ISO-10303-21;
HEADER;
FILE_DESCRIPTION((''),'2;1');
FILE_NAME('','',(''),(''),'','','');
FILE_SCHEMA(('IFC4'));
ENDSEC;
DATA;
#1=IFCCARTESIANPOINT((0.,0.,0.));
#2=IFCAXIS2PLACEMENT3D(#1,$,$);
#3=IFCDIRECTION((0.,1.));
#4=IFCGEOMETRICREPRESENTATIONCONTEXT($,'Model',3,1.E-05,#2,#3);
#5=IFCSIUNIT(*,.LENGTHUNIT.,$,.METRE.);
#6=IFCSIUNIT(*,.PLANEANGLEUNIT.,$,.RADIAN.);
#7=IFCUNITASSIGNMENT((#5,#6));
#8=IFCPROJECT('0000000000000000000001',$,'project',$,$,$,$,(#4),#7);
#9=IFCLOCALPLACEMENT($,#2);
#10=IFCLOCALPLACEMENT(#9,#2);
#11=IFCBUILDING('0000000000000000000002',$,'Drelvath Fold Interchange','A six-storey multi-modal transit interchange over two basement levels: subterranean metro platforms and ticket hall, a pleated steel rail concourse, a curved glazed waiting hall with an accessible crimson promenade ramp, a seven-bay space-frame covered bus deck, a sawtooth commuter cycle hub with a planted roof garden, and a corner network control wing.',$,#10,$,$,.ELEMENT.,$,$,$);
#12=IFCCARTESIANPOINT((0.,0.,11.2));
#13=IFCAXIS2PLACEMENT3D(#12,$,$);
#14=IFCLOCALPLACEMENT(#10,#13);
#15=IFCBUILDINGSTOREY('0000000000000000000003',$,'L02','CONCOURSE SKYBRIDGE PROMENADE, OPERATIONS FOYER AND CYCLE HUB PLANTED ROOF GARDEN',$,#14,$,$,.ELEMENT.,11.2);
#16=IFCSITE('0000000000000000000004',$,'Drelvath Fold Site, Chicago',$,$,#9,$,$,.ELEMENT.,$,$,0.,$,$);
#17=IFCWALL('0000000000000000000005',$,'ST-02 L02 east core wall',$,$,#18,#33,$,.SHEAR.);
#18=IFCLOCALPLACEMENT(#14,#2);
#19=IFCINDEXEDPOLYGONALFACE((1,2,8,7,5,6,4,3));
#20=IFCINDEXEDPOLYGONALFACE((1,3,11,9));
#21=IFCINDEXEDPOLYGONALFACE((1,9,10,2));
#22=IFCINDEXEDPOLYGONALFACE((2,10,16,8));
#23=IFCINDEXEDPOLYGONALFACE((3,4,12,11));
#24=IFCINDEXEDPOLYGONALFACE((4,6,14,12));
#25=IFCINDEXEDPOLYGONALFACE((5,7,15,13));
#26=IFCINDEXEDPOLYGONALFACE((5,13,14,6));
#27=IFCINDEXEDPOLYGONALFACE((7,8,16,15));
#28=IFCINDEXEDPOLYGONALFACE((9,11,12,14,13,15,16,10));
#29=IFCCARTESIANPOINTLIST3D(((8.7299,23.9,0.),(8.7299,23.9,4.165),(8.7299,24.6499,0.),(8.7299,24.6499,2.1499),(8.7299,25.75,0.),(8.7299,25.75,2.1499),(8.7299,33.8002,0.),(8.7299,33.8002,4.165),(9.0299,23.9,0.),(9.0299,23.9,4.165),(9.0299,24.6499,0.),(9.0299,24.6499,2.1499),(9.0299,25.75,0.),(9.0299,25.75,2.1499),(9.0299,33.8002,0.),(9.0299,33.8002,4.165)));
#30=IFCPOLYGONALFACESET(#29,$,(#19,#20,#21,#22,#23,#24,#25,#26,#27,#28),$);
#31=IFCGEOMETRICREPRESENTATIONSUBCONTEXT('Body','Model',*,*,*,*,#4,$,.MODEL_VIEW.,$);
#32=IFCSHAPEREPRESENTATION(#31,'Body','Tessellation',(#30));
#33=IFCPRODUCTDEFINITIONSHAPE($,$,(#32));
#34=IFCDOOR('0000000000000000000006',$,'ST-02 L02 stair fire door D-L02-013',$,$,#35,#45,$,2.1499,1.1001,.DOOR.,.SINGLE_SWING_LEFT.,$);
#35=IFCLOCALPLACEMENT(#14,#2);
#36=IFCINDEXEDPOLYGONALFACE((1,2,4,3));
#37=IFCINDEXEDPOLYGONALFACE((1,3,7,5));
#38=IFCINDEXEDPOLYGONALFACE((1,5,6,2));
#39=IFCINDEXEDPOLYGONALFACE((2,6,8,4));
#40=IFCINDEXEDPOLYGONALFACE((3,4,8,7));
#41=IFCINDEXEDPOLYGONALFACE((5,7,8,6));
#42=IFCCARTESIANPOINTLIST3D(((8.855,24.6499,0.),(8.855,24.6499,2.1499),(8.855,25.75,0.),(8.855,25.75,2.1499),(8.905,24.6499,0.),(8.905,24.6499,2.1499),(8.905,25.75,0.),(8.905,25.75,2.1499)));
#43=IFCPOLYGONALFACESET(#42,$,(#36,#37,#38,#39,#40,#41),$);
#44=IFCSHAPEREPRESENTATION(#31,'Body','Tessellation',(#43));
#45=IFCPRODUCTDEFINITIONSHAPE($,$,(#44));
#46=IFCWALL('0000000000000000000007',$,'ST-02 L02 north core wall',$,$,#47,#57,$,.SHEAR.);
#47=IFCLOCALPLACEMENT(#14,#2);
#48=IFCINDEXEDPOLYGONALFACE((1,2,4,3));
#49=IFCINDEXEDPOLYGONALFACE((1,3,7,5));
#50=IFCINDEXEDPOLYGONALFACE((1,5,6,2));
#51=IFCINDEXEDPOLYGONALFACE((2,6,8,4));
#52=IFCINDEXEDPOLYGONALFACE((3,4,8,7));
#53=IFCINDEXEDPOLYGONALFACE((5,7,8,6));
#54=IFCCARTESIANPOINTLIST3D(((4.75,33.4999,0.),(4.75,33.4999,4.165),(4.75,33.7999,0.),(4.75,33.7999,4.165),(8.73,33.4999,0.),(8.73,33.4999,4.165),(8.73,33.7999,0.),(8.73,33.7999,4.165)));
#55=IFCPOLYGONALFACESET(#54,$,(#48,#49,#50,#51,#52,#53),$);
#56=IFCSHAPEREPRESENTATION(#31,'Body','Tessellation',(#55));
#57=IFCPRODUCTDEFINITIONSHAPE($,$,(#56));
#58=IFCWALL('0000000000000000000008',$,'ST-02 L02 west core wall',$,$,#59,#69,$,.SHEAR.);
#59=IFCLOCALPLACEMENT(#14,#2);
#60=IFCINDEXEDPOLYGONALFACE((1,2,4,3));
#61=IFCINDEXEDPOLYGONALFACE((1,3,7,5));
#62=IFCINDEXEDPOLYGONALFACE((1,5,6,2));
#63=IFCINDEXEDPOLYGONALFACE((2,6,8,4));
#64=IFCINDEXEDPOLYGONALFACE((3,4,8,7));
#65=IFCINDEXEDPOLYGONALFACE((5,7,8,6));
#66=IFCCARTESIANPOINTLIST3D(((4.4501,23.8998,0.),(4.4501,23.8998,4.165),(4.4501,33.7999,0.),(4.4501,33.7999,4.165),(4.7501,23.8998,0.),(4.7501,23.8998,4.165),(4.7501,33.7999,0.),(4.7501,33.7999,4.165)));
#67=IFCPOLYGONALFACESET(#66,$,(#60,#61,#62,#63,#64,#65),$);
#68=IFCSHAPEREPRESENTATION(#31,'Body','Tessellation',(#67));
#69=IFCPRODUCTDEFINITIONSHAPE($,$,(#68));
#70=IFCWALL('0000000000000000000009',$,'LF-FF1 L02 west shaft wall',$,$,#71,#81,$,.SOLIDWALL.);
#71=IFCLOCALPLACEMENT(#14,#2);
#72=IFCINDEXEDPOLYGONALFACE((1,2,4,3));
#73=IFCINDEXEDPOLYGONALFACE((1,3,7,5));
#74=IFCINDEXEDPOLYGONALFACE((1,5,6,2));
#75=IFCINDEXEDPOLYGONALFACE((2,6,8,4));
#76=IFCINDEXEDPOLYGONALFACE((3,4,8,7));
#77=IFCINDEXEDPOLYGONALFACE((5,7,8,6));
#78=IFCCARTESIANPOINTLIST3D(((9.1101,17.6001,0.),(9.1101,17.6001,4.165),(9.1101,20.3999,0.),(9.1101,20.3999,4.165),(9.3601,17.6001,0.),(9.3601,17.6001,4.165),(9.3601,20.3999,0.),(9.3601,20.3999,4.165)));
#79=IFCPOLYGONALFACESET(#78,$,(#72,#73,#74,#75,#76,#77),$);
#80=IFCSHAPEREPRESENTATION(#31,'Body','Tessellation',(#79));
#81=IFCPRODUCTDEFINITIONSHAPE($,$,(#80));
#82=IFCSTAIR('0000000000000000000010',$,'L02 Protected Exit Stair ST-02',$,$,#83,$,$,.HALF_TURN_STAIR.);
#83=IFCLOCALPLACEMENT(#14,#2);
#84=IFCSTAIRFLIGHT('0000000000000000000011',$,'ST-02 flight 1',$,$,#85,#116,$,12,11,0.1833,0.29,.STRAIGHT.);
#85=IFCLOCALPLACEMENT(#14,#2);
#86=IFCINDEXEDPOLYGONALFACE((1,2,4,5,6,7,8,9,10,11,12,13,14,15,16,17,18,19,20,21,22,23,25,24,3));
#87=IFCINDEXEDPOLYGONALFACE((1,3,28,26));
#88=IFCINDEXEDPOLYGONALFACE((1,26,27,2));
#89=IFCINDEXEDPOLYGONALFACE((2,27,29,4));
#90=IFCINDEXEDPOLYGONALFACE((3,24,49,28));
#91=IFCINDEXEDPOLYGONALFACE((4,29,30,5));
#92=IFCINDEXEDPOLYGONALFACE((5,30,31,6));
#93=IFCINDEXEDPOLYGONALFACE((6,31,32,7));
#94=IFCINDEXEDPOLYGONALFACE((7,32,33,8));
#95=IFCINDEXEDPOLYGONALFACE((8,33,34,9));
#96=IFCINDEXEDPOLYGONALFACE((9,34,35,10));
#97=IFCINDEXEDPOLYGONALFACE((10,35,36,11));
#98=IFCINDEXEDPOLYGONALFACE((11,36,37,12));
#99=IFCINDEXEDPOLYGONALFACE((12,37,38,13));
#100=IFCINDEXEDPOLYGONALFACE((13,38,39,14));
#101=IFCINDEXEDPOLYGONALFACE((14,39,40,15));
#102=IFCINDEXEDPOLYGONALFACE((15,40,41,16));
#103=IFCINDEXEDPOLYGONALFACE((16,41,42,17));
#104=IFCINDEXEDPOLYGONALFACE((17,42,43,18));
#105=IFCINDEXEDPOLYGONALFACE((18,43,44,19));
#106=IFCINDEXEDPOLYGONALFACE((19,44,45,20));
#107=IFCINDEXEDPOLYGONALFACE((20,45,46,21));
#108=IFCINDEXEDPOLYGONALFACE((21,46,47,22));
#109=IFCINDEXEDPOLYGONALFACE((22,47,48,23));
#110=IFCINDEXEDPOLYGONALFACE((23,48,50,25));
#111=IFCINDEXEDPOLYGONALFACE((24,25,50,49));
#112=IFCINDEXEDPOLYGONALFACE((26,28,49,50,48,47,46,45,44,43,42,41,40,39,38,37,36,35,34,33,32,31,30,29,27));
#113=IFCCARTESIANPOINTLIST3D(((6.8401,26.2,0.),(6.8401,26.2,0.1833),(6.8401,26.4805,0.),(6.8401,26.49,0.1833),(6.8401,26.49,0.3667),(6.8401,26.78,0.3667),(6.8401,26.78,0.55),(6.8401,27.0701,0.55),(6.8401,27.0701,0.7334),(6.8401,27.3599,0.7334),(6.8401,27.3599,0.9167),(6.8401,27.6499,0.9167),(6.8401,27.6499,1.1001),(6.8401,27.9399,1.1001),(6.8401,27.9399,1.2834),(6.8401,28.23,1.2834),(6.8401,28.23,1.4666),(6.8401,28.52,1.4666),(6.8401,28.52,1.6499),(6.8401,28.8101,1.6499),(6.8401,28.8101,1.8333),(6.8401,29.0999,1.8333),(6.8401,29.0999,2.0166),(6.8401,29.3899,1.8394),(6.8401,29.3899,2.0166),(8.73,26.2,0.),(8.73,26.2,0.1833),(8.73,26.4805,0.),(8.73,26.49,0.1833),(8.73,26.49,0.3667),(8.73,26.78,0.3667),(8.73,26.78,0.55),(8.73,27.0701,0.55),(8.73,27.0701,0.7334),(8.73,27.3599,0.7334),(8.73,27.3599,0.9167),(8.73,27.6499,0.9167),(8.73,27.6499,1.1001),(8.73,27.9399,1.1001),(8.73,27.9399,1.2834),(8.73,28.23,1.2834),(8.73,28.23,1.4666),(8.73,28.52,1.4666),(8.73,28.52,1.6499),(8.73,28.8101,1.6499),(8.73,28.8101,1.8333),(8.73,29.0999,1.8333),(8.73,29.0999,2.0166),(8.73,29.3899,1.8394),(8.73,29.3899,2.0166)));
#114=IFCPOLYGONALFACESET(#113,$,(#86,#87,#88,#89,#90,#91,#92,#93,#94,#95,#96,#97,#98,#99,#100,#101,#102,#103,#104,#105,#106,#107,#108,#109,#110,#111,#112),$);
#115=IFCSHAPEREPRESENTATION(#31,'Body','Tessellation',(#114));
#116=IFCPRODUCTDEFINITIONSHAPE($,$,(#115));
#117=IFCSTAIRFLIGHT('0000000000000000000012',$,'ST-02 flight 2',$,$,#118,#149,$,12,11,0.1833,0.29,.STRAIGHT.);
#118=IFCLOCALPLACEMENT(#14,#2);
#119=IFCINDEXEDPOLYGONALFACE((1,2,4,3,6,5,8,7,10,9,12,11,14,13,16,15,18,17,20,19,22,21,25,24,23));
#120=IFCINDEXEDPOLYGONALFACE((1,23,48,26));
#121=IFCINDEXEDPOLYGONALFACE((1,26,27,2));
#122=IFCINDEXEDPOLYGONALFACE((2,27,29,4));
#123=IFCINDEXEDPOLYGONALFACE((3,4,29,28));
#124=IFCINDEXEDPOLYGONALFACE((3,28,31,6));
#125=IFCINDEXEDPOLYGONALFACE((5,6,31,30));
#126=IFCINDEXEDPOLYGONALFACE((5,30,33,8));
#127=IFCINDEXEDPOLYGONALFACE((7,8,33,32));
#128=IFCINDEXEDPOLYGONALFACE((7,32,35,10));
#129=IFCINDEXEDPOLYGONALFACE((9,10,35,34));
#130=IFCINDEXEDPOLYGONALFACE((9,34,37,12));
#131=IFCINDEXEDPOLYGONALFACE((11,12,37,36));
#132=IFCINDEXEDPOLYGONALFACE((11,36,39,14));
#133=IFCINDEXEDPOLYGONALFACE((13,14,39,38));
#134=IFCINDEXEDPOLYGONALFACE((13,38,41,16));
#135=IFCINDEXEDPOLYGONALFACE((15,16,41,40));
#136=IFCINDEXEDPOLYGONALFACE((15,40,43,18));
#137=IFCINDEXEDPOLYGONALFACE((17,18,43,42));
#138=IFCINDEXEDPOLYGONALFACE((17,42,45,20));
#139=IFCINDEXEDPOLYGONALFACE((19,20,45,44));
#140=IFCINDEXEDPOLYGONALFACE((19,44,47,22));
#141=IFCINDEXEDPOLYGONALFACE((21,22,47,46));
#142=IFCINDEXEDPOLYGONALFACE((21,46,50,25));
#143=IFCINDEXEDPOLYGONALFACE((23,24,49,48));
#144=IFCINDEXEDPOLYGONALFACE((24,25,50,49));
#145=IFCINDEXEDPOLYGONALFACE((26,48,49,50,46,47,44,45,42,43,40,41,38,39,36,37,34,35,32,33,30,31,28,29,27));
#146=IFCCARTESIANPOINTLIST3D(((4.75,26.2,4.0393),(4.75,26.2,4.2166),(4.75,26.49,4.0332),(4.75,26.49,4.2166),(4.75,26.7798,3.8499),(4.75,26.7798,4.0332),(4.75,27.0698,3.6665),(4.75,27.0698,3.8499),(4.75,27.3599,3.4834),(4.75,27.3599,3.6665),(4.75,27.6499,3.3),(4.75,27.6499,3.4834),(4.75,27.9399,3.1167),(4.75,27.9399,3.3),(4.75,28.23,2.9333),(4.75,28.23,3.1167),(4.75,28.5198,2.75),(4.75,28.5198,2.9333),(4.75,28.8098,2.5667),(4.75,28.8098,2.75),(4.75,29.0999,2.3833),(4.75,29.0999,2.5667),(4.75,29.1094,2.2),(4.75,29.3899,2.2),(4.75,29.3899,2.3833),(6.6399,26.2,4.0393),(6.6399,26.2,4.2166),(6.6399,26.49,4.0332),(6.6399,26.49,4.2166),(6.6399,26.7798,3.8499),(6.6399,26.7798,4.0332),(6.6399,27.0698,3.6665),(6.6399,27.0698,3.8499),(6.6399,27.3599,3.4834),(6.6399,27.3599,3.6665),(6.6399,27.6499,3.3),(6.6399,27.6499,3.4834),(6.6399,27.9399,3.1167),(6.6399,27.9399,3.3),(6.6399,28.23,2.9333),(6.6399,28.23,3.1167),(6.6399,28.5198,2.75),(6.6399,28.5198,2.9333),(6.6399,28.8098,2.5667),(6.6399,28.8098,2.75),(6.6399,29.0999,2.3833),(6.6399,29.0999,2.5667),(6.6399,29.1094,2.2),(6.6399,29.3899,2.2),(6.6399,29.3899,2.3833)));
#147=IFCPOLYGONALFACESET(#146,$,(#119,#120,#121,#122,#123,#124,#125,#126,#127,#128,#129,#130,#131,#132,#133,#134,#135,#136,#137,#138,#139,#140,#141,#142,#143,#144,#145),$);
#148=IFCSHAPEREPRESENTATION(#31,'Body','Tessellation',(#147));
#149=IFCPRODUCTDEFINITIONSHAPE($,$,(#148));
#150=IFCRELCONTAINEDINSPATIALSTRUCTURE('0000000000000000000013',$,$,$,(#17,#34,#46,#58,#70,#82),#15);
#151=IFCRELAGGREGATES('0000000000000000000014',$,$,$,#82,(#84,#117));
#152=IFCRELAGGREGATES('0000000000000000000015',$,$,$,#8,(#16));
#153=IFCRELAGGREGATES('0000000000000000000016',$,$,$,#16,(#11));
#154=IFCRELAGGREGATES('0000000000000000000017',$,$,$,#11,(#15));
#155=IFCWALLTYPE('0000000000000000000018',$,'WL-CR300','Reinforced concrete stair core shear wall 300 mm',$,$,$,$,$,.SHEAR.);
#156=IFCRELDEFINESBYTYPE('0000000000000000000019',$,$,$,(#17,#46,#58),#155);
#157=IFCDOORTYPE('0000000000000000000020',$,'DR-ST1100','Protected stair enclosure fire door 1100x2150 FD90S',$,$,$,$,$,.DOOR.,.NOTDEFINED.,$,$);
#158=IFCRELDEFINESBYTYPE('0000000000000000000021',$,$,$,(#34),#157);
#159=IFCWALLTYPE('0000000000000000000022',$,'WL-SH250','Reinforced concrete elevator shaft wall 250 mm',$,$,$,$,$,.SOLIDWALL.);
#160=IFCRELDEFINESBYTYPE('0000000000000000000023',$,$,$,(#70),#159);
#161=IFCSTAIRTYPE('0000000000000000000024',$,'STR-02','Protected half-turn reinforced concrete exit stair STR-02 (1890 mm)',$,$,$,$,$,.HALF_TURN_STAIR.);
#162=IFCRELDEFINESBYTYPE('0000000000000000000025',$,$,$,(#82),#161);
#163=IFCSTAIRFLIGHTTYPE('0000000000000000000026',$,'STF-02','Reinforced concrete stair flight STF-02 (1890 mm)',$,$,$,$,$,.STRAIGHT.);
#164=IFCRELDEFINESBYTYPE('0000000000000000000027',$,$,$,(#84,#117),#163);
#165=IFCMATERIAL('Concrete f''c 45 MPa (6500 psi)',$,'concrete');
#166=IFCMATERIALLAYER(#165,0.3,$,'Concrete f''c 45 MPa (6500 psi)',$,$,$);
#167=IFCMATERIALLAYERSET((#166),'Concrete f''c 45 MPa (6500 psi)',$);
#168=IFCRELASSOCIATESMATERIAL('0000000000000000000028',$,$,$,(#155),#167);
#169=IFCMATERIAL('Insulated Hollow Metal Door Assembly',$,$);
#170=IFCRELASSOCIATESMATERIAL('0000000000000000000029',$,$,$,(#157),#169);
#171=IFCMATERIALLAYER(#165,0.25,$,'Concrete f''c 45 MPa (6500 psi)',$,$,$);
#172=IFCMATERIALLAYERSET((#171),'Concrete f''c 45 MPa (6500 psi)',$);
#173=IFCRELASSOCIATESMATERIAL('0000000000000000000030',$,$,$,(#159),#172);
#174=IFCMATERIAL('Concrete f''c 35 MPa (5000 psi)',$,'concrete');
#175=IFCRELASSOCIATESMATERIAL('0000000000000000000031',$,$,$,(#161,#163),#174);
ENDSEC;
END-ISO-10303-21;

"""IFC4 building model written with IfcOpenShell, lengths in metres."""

from ifc_helpers import new_model, si_unit, direction, frame, frame_2d, origin, place, context, subcontext, project, spatial, polyline, rectangle, outline, extrude, material, layer, layer_set, type_object, element, fill, aggregate, save


model = new_model("IFC4")

# Units and contexts
model_context = context("Model", 3, precision=1e-05, world=origin(), true_north=direction((0.0, 1.0)))
body_context = subcontext(model_context, "Body", "Model", "MODEL_VIEW")
ifc_project = project(units=[si_unit("LENGTHUNIT", "METRE"), si_unit("PLANEANGLEUNIT", "RADIAN")], contexts=[model_context])

# Site, building, storey
site_placement = place(None, origin())
site = spatial("IfcSite", under=ifc_project, at=site_placement, Name="Drelvath Fold Site, Chicago", CompositionType="ELEMENT", RefElevation=0.0)
building_placement = place(site_placement, origin())
building = spatial("IfcBuilding", under=site, at=building_placement, Name="Drelvath Fold Interchange", Description="A six-storey multi-modal transit interchange over two basement levels: subterranean metro platforms and ticket hall, a pleated steel rail concourse, a curved glazed waiting hall with an accessible crimson promenade ramp, a seven-bay space-frame covered bus deck, a sawtooth commuter cycle hub with a planted roof garden, and a corner network control wing.", CompositionType="ELEMENT")
storey_placement = place(building_placement, frame((0.0, 0.0, 11.2)))
storey = spatial("IfcBuildingStorey", under=building, at=storey_placement, Name="L02", Description="CONCOURSE SKYBRIDGE PROMENADE, OPERATIONS FOYER AND CYCLE HUB PLANTED ROOF GARDEN", CompositionType="ELEMENT", Elevation=11.2)

# Shared definitions
ifc_material_1 = material(Name="Concrete f'c 45 MPa (6500 psi)", Category="concrete")
ifc_layer_1 = layer(ifc_material_1, 0.3, Name="Concrete f'c 45 MPa (6500 psi)")
ifc_layer_set_1 = layer_set([ifc_layer_1], Name="Concrete f'c 45 MPa (6500 psi)")
wall_type_1 = type_object("IfcWallType", Name="WL-CR300", Description="Reinforced concrete stair core shear wall 300 mm", PredefinedType="SHEAR", material=ifc_layer_set_1)

# Wall, opening, door
wall_1_placement = place(storey_placement, frame((8.8799, 23.8999, 0.0), z_axis=(0.0, 0.0, 1.0), x_axis=(0.0, 1.0, 0.0)))
wall_1 = element("IfcWall", 1, at=wall_1_placement, inside=storey, type_object=wall_type_1, Name="ST-02 L02 east core wall", PredefinedType="SHEAR", context=body_context, shape_type="SweptSolid", body=[
    extrude(rectangle(XDim=9.9001, YDim=0.3, at=frame_2d((4.9502, 0.0))), origin(), (0.0, 0.0, 1.0), 4.165),
])
opening_placement = place(wall_1_placement, frame((0.75, 0.0, 0.0)))
opening = element("IfcOpeningElement", 2, at=opening_placement, cuts=wall_1, PredefinedType="OPENING", context=body_context, shape_type="SweptSolid", body=[
    extrude(rectangle(XDim=1.1001, YDim=2.1499, at=frame_2d((0.55, 1.075))), frame((0.0, 0.1599, 0.0), z_axis=(0.0, -1.0, 0.0), x_axis=(1.0, 0.0, 0.0)), (0.0, 0.0, 1.0), 0.3201),
])
ifc_material_2 = material(Name="Insulated Hollow Metal Door Assembly")
door_type = type_object("IfcDoorType", Name="DR-ST1100", Description="Protected stair enclosure fire door 1100x2150 FD90S", OperationType="NOTDEFINED", PredefinedType="DOOR", material=ifc_material_2)
door_placement = place(opening_placement, origin())
door = element("IfcDoor", 3, at=door_placement, inside=storey, type_object=door_type, Name="ST-02 L02 stair fire door D-L02-013", OperationType="SINGLE_SWING_LEFT", OverallHeight=2.1499, OverallWidth=1.1001, PredefinedType="DOOR", context=body_context, shape_type="SweptSolid", body=[
    extrude(rectangle(XDim=1.1001, YDim=2.1499, at=frame_2d((0.55, 1.075))), frame((0.0, 0.0249, 0.0), z_axis=(0.0, -1.0, 0.0), x_axis=(1.0, 0.0, 0.0)), (0.0, 0.0, 1.0), 0.05),
])
fill(opening, door)

# Walls
wall_2_placement = place(storey_placement, frame((8.73, 33.6499, 0.0), z_axis=(0.0, 0.0, 1.0), x_axis=(-1.0, 0.0, 0.0)))
element("IfcWall", 4, at=wall_2_placement, inside=storey, type_object=wall_type_1, Name="ST-02 L02 north core wall", PredefinedType="SHEAR", context=body_context, shape_type="SweptSolid", body=[
    extrude(rectangle(XDim=3.98, YDim=0.3, at=frame_2d((1.99, 0.0))), origin(), (0.0, 0.0, 1.0), 4.165),
])
wall_3_placement = place(storey_placement, frame((4.6001, 33.8, 0.0), z_axis=(0.0, 0.0, 1.0), x_axis=(0.0, -1.0, 0.0)))
element("IfcWall", 5, at=wall_3_placement, inside=storey, type_object=wall_type_1, Name="ST-02 L02 west core wall", PredefinedType="SHEAR", context=body_context, shape_type="SweptSolid", body=[
    extrude(rectangle(XDim=9.9001, YDim=0.3, at=frame_2d((4.9502, 0.0))), origin(), (0.0, 0.0, 1.0), 4.165),
])
ifc_layer_2 = layer(ifc_material_1, 0.25, Name="Concrete f'c 45 MPa (6500 psi)")
ifc_layer_set_2 = layer_set([ifc_layer_2], Name="Concrete f'c 45 MPa (6500 psi)")
wall_type_2 = type_object("IfcWallType", Name="WL-SH250", Description="Reinforced concrete elevator shaft wall 250 mm", PredefinedType="SOLIDWALL", material=ifc_layer_set_2)
wall_4_placement = place(storey_placement, frame((9.2351, 20.3999, 0.0), z_axis=(0.0, 0.0, 1.0), x_axis=(0.0, -1.0, 0.0)))
element("IfcWall", 6, at=wall_4_placement, inside=storey, type_object=wall_type_2, Name="LF-FF1 L02 west shaft wall", PredefinedType="SOLIDWALL", context=body_context, shape_type="SweptSolid", body=[
    extrude(rectangle(XDim=2.7998, YDim=0.25, at=frame_2d((1.3999, 0.0))), origin(), (0.0, 0.0, 1.0), 4.165),
])

# Stair, stair flights
ifc_material_3 = material(Name="Concrete f'c 35 MPa (5000 psi)", Category="concrete")
stair_type = type_object("IfcStairType", Name="STR-02", Description="Protected half-turn reinforced concrete exit stair STR-02 (1890 mm)", PredefinedType="HALF_TURN_STAIR", material=ifc_material_3)
stair_placement = place(storey_placement, origin())
stair = element("IfcStair", 7, at=stair_placement, inside=storey, type_object=stair_type, Name="L02 Protected Exit Stair ST-02", PredefinedType="HALF_TURN_STAIR")
stair_flight_type = type_object("IfcStairFlightType", Name="STF-02", Description="Reinforced concrete stair flight STF-02 (1890 mm)", PredefinedType="STRAIGHT", material=ifc_material_3)
stair_flight_1_placement = place(storey_placement, frame((7.7849, 26.2, 0.0), z_axis=(0.0, 0.0, 1.0), x_axis=(0.0, 1.0, 0.0)))
stair_flight_1 = element("IfcStairFlight", 8, at=stair_flight_1_placement, type_object=stair_flight_type, Name="ST-02 flight 1", NumberOfRisers=12, NumberOfTreads=11, PredefinedType="STRAIGHT", RiserHeight=0.1833, TreadLength=0.29, context=body_context, shape_type="SweptSolid", body=[
    extrude(outline(polyline([(0.0, 0.0), (0.0, 0.1833), (0.29, 0.1833), (0.29, 0.3667), (0.5801, 0.3667), (0.5801, 0.55), (0.8701, 0.55), (0.8701, 0.7334), (1.1599, 0.7334), (1.1599, 0.9167), (1.45, 0.9167), (1.45, 1.1001), (1.74, 1.1001), (1.74, 1.2834), (2.03, 1.2834), (2.03, 1.4666), (2.3201, 1.4666), (2.3201, 1.6499), (2.6101, 1.6499), (2.6101, 1.8333), (2.8999, 1.8333), (2.8999, 2.0166), (3.1899, 2.0166), (3.1899, 2.2), (3.1899, 1.8394), (0.2805, 0.0), (0.0, 0.0)])), frame((0.0, 0.9448, 0.0), z_axis=(0.0, -1.0, 0.0), x_axis=(1.0, 0.0, 0.0)), (0.0, 0.0, 1.0), 1.8899),
])
stair_flight_2_placement = place(storey_placement, frame((5.6951, 29.3899, 2.2), z_axis=(0.0, 0.0, 1.0), x_axis=(0.0, -1.0, 0.0)))
stair_flight_2 = element("IfcStairFlight", 9, at=stair_flight_2_placement, type_object=stair_flight_type, Name="ST-02 flight 2", NumberOfRisers=12, NumberOfTreads=11, PredefinedType="STRAIGHT", RiserHeight=0.1833, TreadLength=0.29, context=body_context, shape_type="SweptSolid", body=[
    extrude(outline(polyline([(0.0, 0.0), (0.0, 0.1833), (0.29, 0.1833), (0.29, 0.3667), (0.5801, 0.3667), (0.5801, 0.55), (0.8701, 0.55), (0.8701, 0.7334), (1.1599, 0.7334), (1.1599, 0.9167), (1.45, 0.9167), (1.45, 1.1001), (1.74, 1.1001), (1.74, 1.2834), (2.03, 1.2834), (2.03, 1.4666), (2.3201, 1.4666), (2.3201, 1.6499), (2.6101, 1.6499), (2.6101, 1.8333), (2.8999, 1.8333), (2.8999, 2.0166), (3.1899, 2.0166), (3.1899, 2.2), (3.1899, 1.8394), (0.2805, 0.0), (0.0, 0.0)])), frame((0.0, 0.9448, 0.0), z_axis=(0.0, -1.0, 0.0), x_axis=(1.0, 0.0, 0.0)), (0.0, 0.0, 1.0), 1.8899),
])
aggregate(stair, [stair_flight_1, stair_flight_2])

save(model, "model.ifc")
